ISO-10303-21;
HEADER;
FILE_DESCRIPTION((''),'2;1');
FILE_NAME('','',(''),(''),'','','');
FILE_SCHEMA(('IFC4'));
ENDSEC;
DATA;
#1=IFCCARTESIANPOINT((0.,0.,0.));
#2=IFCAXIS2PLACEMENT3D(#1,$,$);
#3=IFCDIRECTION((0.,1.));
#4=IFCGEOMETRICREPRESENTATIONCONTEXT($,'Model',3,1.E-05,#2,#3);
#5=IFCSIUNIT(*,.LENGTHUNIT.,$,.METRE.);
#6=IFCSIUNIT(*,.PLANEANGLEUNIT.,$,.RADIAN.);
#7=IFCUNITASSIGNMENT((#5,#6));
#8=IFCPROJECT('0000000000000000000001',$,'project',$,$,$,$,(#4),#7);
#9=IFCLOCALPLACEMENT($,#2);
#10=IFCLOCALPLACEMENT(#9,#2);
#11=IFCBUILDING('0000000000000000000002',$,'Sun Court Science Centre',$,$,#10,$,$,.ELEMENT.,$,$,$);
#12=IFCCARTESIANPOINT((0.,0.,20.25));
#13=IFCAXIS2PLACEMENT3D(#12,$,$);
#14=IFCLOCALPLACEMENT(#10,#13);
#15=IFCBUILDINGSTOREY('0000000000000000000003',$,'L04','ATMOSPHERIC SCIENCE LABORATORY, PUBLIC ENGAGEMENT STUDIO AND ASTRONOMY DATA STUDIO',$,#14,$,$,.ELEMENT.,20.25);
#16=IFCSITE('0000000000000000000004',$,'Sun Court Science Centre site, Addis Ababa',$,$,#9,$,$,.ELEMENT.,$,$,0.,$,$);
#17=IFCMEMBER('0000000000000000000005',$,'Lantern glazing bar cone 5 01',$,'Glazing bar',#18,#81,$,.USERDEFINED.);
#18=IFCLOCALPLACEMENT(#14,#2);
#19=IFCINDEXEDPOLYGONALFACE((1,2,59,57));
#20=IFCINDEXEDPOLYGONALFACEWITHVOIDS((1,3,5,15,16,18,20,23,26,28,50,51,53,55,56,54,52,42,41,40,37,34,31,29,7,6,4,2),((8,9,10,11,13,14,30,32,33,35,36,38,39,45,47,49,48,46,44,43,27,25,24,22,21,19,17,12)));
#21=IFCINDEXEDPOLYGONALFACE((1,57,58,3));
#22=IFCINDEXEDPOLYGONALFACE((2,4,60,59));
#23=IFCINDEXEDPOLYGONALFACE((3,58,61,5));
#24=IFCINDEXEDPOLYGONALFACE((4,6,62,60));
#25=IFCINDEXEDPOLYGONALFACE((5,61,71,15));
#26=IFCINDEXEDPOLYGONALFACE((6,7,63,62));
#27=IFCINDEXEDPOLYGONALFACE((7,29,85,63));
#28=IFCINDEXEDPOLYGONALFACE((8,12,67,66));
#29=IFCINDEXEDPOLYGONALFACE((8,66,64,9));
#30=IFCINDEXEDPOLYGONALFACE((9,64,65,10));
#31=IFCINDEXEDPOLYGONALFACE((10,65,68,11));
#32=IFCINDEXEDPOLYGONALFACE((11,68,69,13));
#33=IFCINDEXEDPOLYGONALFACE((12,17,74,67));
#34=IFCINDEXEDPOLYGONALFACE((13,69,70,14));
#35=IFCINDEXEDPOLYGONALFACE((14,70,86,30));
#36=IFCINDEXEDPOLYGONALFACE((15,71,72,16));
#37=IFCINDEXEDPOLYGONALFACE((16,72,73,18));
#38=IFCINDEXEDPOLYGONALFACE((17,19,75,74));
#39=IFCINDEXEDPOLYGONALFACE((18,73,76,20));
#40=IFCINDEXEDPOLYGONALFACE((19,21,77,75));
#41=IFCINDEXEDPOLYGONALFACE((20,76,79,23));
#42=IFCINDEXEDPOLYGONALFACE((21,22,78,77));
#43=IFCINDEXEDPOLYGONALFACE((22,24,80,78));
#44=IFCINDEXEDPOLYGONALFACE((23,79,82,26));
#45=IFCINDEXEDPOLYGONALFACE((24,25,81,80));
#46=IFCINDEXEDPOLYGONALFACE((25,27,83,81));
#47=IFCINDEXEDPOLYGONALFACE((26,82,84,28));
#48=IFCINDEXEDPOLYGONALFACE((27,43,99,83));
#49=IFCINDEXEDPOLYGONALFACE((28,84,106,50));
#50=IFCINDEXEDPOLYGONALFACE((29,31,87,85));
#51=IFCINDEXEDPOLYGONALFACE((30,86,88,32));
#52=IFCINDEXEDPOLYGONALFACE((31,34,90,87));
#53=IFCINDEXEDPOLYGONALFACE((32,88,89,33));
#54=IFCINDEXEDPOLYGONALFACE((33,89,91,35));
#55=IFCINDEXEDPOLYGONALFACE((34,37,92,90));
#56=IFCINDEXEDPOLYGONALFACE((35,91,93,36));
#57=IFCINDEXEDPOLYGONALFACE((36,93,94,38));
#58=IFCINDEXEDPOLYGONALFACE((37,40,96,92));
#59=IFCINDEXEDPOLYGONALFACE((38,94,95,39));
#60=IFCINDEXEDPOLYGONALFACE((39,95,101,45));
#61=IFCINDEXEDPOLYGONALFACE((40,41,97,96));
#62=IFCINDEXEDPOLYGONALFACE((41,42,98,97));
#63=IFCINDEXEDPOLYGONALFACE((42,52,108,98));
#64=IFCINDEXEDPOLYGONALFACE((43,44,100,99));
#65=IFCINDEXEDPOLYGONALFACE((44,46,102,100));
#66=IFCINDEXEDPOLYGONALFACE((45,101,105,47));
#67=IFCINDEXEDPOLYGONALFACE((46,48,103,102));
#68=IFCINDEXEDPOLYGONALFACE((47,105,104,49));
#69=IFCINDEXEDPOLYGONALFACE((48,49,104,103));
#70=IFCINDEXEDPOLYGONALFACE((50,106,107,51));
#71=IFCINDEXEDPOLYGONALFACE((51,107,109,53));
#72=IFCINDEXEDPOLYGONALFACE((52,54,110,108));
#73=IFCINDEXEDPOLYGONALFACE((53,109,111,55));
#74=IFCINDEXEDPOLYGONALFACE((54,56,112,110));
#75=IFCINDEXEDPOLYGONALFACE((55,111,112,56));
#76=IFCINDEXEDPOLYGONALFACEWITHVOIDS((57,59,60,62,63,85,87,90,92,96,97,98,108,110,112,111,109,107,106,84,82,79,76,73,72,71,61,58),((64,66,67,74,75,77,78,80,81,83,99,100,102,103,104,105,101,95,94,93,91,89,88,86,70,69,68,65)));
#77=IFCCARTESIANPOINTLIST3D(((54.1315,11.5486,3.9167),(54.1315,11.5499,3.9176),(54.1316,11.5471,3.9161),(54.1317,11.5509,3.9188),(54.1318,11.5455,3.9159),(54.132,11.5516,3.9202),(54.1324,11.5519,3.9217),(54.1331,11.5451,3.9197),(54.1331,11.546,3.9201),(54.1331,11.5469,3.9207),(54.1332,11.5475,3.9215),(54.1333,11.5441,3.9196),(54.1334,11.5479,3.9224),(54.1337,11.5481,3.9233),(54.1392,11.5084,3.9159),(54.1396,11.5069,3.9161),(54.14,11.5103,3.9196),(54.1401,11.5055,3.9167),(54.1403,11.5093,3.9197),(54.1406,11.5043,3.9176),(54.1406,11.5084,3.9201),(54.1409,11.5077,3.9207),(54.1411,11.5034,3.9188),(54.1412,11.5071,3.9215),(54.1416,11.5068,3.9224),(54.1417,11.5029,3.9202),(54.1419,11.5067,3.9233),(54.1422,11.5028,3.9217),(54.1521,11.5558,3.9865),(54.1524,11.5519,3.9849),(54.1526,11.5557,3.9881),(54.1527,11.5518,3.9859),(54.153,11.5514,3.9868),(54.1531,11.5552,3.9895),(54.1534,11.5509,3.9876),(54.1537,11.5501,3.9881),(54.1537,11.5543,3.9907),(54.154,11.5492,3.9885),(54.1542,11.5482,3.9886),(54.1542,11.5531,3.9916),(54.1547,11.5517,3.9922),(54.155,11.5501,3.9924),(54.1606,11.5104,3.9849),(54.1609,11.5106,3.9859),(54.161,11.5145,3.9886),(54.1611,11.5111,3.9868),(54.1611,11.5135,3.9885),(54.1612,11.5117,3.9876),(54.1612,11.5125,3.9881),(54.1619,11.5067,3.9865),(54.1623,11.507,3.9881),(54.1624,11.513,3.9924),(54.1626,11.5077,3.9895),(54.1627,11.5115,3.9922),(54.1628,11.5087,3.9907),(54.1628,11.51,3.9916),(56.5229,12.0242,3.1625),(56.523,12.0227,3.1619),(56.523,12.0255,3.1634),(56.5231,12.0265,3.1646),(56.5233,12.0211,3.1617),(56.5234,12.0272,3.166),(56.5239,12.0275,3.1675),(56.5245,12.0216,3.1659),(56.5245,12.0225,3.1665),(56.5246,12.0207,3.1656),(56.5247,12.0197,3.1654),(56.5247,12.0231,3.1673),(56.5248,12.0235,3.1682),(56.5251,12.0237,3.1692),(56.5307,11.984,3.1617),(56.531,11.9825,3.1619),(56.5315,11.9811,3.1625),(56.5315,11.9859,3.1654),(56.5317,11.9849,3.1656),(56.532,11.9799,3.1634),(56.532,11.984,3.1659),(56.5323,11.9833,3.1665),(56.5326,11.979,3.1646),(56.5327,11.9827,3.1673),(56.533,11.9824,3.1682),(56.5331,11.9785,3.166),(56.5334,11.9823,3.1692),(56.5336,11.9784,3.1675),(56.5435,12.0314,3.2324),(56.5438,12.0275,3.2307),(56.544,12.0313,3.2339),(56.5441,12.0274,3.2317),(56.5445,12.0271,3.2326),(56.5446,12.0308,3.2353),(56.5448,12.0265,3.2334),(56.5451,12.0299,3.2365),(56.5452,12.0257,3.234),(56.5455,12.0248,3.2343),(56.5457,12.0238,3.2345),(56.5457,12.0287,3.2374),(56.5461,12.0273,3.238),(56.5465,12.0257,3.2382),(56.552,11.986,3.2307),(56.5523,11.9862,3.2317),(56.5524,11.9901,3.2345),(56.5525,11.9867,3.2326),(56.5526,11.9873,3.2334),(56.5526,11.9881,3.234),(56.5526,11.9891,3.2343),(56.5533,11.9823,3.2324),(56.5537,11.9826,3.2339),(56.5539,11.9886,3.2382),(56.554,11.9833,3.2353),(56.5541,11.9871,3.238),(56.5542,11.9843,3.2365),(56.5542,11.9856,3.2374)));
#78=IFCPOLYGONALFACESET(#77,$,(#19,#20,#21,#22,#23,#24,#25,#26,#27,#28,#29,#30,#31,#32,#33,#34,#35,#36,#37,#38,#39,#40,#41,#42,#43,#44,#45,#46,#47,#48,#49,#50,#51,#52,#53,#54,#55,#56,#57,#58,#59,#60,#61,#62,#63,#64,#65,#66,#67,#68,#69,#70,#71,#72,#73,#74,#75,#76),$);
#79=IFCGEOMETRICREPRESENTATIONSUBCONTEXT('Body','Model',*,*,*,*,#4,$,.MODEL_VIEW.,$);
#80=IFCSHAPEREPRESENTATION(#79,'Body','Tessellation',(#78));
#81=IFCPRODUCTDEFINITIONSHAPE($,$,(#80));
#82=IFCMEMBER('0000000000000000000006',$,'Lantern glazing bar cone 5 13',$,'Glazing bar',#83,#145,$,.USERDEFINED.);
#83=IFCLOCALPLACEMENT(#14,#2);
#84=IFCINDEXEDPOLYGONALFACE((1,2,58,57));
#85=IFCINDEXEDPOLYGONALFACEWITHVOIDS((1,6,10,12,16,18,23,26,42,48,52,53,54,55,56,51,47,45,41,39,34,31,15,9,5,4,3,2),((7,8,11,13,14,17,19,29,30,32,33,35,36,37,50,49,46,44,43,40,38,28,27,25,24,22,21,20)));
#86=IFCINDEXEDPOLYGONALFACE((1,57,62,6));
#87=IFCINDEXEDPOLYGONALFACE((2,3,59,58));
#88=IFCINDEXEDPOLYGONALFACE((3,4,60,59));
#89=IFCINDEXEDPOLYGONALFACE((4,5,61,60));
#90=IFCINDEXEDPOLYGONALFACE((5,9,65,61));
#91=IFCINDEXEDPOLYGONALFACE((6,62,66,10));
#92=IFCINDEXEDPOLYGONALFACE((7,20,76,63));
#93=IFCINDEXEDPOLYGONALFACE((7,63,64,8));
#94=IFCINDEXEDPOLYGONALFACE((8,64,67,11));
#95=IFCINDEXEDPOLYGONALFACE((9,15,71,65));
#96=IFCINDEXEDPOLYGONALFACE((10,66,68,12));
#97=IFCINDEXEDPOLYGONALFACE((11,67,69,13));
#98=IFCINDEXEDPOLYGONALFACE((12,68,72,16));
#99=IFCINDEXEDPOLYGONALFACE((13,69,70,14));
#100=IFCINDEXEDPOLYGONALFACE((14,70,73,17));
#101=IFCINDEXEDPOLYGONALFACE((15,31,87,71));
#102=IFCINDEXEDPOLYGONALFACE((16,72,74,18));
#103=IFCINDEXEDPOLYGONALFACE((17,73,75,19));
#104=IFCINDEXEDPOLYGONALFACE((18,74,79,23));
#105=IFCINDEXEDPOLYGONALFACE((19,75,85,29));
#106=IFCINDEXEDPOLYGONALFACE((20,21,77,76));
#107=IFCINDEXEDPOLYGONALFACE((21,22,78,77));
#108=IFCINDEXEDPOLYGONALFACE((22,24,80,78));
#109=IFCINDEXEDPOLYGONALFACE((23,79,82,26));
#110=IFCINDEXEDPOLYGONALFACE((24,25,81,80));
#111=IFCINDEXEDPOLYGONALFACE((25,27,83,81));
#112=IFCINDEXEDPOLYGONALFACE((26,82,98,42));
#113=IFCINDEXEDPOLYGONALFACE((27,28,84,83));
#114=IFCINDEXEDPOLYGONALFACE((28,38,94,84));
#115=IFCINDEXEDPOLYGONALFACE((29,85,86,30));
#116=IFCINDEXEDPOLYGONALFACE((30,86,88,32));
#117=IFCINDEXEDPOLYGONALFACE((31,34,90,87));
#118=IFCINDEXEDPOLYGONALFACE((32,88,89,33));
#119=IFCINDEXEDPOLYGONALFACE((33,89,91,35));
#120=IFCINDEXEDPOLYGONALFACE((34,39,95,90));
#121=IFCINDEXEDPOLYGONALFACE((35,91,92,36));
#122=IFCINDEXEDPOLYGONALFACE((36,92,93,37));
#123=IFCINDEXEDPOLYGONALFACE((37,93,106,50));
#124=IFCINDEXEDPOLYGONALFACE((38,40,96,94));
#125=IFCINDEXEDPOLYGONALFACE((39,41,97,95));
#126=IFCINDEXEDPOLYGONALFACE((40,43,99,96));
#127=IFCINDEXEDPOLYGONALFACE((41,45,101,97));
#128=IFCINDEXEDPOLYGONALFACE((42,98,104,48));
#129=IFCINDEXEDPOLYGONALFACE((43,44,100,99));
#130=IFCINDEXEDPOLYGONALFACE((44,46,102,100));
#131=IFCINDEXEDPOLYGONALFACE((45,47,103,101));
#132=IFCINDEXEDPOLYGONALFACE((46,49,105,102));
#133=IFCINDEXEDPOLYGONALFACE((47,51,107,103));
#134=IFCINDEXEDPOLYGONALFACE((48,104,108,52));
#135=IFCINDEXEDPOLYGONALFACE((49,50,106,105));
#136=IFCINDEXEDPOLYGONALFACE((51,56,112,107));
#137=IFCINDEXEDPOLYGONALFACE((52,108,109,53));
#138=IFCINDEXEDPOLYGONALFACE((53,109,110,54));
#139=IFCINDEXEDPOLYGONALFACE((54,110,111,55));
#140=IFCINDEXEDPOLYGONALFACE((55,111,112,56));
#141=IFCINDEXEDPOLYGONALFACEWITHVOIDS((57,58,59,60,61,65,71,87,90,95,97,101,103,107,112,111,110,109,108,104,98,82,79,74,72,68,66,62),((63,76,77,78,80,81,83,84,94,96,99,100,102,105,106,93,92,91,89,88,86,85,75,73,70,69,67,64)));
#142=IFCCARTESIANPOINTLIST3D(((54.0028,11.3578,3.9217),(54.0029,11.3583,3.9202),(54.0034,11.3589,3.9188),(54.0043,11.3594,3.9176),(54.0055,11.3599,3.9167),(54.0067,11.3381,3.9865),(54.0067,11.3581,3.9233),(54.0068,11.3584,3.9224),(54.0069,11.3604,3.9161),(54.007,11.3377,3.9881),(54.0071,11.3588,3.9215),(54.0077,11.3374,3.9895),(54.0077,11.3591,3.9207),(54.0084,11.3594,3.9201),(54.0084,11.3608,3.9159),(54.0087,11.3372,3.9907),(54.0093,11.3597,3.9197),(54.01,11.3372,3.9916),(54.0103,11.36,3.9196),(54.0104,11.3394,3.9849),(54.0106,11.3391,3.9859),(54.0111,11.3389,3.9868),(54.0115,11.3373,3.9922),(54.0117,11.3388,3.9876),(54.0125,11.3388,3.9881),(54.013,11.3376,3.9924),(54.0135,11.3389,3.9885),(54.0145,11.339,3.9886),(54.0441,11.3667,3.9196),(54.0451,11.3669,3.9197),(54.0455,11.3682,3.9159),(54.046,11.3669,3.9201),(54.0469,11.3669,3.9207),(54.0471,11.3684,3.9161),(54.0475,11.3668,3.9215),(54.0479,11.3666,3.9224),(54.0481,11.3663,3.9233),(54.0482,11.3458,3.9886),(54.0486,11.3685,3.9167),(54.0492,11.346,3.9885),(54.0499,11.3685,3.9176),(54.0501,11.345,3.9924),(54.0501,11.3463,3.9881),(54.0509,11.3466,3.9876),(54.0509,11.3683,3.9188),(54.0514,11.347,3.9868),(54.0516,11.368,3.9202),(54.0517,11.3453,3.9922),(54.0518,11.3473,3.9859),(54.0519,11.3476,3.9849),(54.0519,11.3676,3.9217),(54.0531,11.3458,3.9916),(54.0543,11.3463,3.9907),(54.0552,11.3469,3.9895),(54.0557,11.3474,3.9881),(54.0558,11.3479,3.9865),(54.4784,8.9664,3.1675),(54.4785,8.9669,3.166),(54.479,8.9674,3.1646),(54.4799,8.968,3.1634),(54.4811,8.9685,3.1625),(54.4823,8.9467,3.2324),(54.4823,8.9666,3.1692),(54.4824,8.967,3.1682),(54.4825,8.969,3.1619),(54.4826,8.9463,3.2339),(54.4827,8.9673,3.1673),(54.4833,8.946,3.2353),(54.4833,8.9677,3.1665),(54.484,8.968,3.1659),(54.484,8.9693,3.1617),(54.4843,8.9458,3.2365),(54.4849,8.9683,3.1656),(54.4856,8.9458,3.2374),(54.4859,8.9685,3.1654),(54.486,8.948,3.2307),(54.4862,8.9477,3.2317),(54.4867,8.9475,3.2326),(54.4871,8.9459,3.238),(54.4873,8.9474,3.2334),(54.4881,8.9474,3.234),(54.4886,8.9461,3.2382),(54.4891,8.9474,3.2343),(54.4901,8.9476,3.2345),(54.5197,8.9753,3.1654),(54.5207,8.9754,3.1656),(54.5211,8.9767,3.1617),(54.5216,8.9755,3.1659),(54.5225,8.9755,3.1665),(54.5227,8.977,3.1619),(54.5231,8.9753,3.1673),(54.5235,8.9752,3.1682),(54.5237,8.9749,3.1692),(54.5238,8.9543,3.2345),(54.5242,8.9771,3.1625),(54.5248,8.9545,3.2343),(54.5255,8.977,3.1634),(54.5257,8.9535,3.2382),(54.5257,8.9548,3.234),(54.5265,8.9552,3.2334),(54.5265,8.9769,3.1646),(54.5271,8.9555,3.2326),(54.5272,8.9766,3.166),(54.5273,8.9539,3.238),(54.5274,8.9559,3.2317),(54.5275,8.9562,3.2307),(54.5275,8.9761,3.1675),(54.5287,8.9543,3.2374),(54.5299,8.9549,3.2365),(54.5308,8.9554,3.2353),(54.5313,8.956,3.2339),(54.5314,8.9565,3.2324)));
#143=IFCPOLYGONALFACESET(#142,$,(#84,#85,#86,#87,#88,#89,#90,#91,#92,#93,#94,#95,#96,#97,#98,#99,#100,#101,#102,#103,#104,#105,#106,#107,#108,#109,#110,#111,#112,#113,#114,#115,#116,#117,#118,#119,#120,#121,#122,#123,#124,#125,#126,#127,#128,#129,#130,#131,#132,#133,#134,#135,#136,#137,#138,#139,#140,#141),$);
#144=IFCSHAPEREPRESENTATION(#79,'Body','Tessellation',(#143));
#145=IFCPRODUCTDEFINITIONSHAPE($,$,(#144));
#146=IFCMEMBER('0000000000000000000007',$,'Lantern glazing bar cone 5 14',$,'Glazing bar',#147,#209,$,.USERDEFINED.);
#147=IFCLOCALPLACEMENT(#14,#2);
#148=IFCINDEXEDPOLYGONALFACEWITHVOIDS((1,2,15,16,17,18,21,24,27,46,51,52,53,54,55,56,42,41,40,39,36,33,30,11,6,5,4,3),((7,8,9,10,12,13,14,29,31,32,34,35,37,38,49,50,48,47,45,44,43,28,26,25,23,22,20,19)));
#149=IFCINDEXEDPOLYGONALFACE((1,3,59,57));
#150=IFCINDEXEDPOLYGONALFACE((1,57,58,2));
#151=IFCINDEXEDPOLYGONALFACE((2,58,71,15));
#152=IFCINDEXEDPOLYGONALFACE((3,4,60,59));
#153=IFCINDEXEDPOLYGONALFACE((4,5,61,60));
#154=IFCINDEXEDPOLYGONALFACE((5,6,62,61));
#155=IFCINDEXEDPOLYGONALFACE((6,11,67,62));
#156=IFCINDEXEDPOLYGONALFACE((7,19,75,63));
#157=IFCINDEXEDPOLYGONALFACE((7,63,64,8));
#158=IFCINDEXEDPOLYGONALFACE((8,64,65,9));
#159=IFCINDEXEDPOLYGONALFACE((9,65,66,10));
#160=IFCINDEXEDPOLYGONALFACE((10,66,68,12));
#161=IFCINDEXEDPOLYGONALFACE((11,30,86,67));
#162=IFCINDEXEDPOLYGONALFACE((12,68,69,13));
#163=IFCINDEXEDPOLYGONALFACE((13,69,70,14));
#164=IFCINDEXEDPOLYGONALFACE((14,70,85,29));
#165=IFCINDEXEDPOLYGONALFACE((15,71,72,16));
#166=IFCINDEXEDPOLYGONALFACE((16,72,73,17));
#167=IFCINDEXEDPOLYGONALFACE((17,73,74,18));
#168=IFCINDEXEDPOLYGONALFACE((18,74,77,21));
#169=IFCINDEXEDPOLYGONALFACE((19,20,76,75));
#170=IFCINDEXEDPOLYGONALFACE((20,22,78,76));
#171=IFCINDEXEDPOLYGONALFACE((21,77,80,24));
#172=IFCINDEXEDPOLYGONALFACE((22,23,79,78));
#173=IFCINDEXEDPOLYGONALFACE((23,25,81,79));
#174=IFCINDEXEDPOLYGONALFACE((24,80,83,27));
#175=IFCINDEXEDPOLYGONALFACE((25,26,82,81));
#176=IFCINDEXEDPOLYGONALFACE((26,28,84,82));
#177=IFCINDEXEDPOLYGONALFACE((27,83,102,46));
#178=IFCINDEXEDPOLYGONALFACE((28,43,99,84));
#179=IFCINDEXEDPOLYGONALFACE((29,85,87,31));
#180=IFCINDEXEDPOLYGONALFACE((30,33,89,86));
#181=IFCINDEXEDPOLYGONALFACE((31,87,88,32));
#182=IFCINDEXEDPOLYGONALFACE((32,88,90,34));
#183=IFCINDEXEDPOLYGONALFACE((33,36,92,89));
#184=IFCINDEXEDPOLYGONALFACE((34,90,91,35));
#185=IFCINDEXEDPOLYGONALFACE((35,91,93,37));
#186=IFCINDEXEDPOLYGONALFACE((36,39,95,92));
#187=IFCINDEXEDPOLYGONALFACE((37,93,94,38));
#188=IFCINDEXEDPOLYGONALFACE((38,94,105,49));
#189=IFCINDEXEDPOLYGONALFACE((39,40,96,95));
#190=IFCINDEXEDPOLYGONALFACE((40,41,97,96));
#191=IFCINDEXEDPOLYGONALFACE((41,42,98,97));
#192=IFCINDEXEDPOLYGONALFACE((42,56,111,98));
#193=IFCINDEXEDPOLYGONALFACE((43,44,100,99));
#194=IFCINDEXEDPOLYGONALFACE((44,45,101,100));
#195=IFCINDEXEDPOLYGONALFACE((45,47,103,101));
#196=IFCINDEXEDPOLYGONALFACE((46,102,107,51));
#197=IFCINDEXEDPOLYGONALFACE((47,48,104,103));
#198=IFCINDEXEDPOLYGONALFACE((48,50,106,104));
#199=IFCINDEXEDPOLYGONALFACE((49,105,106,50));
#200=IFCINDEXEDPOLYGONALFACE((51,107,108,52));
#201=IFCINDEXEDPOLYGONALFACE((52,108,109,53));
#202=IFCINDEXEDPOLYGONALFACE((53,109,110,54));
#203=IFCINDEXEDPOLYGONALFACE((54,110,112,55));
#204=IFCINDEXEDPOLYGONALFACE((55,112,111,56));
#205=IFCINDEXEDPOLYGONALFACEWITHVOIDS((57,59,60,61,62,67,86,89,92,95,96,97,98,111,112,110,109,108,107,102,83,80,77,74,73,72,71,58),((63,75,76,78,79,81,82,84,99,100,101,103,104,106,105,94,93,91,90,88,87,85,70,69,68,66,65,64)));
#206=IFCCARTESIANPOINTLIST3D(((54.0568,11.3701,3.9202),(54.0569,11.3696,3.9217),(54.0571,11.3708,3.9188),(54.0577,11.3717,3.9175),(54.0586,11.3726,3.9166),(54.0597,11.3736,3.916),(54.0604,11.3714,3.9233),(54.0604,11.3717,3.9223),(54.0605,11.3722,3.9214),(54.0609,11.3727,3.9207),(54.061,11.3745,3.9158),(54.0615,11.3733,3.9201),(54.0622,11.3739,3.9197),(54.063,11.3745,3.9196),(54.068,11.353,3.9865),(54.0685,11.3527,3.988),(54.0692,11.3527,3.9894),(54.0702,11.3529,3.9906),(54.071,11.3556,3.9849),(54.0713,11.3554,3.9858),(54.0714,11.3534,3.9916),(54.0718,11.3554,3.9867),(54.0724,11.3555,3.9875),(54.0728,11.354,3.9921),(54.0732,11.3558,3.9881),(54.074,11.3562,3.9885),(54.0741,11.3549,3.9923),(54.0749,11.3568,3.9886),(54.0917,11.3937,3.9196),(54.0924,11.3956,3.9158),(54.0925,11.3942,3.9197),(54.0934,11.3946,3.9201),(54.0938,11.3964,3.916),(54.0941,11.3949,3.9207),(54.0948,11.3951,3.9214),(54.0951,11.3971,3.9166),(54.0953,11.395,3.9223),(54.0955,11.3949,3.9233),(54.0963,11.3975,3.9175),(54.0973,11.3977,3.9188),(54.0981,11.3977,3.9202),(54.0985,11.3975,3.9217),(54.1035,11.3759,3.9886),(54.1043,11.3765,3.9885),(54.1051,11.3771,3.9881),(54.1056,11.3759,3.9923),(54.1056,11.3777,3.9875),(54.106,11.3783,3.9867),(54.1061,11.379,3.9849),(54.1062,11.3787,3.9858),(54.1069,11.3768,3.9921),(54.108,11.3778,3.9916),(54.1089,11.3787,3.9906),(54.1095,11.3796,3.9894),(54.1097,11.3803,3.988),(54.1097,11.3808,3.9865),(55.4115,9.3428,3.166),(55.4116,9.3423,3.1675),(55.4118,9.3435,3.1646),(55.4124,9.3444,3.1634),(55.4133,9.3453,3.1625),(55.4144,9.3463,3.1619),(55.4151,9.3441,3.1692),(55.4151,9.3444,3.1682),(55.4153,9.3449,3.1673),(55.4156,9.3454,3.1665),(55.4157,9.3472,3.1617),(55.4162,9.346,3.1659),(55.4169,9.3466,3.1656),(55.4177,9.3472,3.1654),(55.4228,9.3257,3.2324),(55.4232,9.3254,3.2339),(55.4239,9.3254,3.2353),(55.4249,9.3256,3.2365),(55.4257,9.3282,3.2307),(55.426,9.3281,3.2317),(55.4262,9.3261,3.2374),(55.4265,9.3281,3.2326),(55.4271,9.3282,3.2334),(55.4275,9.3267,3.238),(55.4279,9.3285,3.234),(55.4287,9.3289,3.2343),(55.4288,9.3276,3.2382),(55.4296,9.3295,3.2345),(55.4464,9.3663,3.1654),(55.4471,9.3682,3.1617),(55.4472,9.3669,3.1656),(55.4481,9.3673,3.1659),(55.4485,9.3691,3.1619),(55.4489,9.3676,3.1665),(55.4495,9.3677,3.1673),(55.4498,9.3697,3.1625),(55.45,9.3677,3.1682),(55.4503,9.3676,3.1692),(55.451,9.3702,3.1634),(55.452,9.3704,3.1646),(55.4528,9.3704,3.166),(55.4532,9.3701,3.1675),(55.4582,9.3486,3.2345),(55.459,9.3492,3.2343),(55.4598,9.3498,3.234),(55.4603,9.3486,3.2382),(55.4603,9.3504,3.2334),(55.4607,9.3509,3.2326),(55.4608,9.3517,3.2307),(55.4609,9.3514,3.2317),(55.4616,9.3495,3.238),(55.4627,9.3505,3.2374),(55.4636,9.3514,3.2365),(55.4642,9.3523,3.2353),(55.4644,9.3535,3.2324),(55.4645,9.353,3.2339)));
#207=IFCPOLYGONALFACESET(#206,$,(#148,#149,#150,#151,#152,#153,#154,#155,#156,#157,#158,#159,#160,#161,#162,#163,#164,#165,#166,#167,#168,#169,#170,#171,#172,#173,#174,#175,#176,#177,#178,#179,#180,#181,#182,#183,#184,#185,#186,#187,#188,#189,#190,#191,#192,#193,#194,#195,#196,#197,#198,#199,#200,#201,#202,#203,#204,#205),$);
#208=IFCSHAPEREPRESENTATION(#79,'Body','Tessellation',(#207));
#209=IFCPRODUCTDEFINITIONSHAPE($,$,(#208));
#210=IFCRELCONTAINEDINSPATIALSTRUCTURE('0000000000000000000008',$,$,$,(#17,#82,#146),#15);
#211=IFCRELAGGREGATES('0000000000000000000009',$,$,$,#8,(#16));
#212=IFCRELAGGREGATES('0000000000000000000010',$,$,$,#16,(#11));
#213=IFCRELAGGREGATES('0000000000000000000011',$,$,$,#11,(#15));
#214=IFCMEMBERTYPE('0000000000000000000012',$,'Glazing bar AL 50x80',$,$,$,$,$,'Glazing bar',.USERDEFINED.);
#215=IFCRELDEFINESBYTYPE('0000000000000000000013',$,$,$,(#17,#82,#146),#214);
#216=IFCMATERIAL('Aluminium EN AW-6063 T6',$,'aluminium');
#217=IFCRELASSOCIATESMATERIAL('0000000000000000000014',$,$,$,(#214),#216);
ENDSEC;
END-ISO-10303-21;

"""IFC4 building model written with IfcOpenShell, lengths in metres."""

from ifc_helpers import new_model, si_unit, direction, frame, origin, origin_2d, place, context, subcontext, project, spatial, hollow_rectangle, extrude, material, material_profile, profile_set, type_object, element, save


model = new_model("IFC4")

# Units and contexts
model_context = context("Model", 3, precision=1e-05, world=origin(), true_north=direction((0.0, 1.0)))
body_context = subcontext(model_context, "Body", "Model", "MODEL_VIEW")
ifc_project = project(units=[si_unit("LENGTHUNIT", "METRE"), si_unit("PLANEANGLEUNIT", "RADIAN")], contexts=[model_context])

# Site, building, storey
site_placement = place(None, origin())
site = spatial("IfcSite", under=ifc_project, at=site_placement, Name="Sun Court Science Centre site, Addis Ababa", CompositionType="ELEMENT", RefElevation=0.0)
building_placement = place(site_placement, origin())
building = spatial("IfcBuilding", under=site, at=building_placement, Name="Sun Court Science Centre", CompositionType="ELEMENT")
storey_placement = place(building_placement, frame((0.0, 0.0, 20.25)))
storey = spatial("IfcBuildingStorey", under=building, at=storey_placement, Name="L04", Description="ATMOSPHERIC SCIENCE LABORATORY, PUBLIC ENGAGEMENT STUDIO AND ASTRONOMY DATA STUDIO", CompositionType="ELEMENT", Elevation=20.25)

# Members
ifc_material_1 = material(Name="Aluminium EN AW-6063 T6", Category="aluminium")
ifc_material_profile_1 = material_profile(ifc_material_1, hollow_rectangle(XDim=0.05, YDim=0.0801, WallThickness=0.0039, InnerFilletRadius=0.0039, OuterFilletRadius=0.0061, at=origin_2d()), Name="AL 50x80x4")
ifc_profile_set_1 = profile_set([ifc_material_profile_1], Name="Aluminium EN AW-6063 T6")
member_type_1 = type_object("IfcMemberType", Name="Glazing bar AL 50x80", ElementType="Glazing bar", PredefinedType="USERDEFINED", material=ifc_profile_set_1)
for number, where, z_axis, x_axis, name in (
    (1, (56.5386, 12.0049, 3.2), (-0.936994, -0.186347, 0.295495), (0.195057, -0.980792, 0.0), "Lantern glazing bar cone 5 01"),
    (2, (54.5049, 8.9614, 3.2), (-0.186347, 0.936994, 0.295495), (-0.980792, -0.195057, 0.0), "Lantern glazing bar cone 5 13"),
    (3, (55.438, 9.3479, 3.2), (-0.530793, 0.794324, 0.29548), (-0.831449, -0.555601, 0.0), "Lantern glazing bar cone 5 14"),
):
    element("IfcMember", number, at=place(storey_placement, frame(where, z_axis=z_axis, x_axis=x_axis)), inside=storey, type_object=member_type_1, Name=name, ObjectType="Glazing bar", PredefinedType="USERDEFINED", context=body_context, shape_type="SweptSolid", body=[
        extrude(hollow_rectangle(XDim=0.05, YDim=0.0801, WallThickness=0.0039, InnerFilletRadius=0.0039, OuterFilletRadius=0.0061, at=origin_2d()), origin(), (0.0, 0.0, 1.0), 2.5522),
    ])

save(model, "model.ifc")
